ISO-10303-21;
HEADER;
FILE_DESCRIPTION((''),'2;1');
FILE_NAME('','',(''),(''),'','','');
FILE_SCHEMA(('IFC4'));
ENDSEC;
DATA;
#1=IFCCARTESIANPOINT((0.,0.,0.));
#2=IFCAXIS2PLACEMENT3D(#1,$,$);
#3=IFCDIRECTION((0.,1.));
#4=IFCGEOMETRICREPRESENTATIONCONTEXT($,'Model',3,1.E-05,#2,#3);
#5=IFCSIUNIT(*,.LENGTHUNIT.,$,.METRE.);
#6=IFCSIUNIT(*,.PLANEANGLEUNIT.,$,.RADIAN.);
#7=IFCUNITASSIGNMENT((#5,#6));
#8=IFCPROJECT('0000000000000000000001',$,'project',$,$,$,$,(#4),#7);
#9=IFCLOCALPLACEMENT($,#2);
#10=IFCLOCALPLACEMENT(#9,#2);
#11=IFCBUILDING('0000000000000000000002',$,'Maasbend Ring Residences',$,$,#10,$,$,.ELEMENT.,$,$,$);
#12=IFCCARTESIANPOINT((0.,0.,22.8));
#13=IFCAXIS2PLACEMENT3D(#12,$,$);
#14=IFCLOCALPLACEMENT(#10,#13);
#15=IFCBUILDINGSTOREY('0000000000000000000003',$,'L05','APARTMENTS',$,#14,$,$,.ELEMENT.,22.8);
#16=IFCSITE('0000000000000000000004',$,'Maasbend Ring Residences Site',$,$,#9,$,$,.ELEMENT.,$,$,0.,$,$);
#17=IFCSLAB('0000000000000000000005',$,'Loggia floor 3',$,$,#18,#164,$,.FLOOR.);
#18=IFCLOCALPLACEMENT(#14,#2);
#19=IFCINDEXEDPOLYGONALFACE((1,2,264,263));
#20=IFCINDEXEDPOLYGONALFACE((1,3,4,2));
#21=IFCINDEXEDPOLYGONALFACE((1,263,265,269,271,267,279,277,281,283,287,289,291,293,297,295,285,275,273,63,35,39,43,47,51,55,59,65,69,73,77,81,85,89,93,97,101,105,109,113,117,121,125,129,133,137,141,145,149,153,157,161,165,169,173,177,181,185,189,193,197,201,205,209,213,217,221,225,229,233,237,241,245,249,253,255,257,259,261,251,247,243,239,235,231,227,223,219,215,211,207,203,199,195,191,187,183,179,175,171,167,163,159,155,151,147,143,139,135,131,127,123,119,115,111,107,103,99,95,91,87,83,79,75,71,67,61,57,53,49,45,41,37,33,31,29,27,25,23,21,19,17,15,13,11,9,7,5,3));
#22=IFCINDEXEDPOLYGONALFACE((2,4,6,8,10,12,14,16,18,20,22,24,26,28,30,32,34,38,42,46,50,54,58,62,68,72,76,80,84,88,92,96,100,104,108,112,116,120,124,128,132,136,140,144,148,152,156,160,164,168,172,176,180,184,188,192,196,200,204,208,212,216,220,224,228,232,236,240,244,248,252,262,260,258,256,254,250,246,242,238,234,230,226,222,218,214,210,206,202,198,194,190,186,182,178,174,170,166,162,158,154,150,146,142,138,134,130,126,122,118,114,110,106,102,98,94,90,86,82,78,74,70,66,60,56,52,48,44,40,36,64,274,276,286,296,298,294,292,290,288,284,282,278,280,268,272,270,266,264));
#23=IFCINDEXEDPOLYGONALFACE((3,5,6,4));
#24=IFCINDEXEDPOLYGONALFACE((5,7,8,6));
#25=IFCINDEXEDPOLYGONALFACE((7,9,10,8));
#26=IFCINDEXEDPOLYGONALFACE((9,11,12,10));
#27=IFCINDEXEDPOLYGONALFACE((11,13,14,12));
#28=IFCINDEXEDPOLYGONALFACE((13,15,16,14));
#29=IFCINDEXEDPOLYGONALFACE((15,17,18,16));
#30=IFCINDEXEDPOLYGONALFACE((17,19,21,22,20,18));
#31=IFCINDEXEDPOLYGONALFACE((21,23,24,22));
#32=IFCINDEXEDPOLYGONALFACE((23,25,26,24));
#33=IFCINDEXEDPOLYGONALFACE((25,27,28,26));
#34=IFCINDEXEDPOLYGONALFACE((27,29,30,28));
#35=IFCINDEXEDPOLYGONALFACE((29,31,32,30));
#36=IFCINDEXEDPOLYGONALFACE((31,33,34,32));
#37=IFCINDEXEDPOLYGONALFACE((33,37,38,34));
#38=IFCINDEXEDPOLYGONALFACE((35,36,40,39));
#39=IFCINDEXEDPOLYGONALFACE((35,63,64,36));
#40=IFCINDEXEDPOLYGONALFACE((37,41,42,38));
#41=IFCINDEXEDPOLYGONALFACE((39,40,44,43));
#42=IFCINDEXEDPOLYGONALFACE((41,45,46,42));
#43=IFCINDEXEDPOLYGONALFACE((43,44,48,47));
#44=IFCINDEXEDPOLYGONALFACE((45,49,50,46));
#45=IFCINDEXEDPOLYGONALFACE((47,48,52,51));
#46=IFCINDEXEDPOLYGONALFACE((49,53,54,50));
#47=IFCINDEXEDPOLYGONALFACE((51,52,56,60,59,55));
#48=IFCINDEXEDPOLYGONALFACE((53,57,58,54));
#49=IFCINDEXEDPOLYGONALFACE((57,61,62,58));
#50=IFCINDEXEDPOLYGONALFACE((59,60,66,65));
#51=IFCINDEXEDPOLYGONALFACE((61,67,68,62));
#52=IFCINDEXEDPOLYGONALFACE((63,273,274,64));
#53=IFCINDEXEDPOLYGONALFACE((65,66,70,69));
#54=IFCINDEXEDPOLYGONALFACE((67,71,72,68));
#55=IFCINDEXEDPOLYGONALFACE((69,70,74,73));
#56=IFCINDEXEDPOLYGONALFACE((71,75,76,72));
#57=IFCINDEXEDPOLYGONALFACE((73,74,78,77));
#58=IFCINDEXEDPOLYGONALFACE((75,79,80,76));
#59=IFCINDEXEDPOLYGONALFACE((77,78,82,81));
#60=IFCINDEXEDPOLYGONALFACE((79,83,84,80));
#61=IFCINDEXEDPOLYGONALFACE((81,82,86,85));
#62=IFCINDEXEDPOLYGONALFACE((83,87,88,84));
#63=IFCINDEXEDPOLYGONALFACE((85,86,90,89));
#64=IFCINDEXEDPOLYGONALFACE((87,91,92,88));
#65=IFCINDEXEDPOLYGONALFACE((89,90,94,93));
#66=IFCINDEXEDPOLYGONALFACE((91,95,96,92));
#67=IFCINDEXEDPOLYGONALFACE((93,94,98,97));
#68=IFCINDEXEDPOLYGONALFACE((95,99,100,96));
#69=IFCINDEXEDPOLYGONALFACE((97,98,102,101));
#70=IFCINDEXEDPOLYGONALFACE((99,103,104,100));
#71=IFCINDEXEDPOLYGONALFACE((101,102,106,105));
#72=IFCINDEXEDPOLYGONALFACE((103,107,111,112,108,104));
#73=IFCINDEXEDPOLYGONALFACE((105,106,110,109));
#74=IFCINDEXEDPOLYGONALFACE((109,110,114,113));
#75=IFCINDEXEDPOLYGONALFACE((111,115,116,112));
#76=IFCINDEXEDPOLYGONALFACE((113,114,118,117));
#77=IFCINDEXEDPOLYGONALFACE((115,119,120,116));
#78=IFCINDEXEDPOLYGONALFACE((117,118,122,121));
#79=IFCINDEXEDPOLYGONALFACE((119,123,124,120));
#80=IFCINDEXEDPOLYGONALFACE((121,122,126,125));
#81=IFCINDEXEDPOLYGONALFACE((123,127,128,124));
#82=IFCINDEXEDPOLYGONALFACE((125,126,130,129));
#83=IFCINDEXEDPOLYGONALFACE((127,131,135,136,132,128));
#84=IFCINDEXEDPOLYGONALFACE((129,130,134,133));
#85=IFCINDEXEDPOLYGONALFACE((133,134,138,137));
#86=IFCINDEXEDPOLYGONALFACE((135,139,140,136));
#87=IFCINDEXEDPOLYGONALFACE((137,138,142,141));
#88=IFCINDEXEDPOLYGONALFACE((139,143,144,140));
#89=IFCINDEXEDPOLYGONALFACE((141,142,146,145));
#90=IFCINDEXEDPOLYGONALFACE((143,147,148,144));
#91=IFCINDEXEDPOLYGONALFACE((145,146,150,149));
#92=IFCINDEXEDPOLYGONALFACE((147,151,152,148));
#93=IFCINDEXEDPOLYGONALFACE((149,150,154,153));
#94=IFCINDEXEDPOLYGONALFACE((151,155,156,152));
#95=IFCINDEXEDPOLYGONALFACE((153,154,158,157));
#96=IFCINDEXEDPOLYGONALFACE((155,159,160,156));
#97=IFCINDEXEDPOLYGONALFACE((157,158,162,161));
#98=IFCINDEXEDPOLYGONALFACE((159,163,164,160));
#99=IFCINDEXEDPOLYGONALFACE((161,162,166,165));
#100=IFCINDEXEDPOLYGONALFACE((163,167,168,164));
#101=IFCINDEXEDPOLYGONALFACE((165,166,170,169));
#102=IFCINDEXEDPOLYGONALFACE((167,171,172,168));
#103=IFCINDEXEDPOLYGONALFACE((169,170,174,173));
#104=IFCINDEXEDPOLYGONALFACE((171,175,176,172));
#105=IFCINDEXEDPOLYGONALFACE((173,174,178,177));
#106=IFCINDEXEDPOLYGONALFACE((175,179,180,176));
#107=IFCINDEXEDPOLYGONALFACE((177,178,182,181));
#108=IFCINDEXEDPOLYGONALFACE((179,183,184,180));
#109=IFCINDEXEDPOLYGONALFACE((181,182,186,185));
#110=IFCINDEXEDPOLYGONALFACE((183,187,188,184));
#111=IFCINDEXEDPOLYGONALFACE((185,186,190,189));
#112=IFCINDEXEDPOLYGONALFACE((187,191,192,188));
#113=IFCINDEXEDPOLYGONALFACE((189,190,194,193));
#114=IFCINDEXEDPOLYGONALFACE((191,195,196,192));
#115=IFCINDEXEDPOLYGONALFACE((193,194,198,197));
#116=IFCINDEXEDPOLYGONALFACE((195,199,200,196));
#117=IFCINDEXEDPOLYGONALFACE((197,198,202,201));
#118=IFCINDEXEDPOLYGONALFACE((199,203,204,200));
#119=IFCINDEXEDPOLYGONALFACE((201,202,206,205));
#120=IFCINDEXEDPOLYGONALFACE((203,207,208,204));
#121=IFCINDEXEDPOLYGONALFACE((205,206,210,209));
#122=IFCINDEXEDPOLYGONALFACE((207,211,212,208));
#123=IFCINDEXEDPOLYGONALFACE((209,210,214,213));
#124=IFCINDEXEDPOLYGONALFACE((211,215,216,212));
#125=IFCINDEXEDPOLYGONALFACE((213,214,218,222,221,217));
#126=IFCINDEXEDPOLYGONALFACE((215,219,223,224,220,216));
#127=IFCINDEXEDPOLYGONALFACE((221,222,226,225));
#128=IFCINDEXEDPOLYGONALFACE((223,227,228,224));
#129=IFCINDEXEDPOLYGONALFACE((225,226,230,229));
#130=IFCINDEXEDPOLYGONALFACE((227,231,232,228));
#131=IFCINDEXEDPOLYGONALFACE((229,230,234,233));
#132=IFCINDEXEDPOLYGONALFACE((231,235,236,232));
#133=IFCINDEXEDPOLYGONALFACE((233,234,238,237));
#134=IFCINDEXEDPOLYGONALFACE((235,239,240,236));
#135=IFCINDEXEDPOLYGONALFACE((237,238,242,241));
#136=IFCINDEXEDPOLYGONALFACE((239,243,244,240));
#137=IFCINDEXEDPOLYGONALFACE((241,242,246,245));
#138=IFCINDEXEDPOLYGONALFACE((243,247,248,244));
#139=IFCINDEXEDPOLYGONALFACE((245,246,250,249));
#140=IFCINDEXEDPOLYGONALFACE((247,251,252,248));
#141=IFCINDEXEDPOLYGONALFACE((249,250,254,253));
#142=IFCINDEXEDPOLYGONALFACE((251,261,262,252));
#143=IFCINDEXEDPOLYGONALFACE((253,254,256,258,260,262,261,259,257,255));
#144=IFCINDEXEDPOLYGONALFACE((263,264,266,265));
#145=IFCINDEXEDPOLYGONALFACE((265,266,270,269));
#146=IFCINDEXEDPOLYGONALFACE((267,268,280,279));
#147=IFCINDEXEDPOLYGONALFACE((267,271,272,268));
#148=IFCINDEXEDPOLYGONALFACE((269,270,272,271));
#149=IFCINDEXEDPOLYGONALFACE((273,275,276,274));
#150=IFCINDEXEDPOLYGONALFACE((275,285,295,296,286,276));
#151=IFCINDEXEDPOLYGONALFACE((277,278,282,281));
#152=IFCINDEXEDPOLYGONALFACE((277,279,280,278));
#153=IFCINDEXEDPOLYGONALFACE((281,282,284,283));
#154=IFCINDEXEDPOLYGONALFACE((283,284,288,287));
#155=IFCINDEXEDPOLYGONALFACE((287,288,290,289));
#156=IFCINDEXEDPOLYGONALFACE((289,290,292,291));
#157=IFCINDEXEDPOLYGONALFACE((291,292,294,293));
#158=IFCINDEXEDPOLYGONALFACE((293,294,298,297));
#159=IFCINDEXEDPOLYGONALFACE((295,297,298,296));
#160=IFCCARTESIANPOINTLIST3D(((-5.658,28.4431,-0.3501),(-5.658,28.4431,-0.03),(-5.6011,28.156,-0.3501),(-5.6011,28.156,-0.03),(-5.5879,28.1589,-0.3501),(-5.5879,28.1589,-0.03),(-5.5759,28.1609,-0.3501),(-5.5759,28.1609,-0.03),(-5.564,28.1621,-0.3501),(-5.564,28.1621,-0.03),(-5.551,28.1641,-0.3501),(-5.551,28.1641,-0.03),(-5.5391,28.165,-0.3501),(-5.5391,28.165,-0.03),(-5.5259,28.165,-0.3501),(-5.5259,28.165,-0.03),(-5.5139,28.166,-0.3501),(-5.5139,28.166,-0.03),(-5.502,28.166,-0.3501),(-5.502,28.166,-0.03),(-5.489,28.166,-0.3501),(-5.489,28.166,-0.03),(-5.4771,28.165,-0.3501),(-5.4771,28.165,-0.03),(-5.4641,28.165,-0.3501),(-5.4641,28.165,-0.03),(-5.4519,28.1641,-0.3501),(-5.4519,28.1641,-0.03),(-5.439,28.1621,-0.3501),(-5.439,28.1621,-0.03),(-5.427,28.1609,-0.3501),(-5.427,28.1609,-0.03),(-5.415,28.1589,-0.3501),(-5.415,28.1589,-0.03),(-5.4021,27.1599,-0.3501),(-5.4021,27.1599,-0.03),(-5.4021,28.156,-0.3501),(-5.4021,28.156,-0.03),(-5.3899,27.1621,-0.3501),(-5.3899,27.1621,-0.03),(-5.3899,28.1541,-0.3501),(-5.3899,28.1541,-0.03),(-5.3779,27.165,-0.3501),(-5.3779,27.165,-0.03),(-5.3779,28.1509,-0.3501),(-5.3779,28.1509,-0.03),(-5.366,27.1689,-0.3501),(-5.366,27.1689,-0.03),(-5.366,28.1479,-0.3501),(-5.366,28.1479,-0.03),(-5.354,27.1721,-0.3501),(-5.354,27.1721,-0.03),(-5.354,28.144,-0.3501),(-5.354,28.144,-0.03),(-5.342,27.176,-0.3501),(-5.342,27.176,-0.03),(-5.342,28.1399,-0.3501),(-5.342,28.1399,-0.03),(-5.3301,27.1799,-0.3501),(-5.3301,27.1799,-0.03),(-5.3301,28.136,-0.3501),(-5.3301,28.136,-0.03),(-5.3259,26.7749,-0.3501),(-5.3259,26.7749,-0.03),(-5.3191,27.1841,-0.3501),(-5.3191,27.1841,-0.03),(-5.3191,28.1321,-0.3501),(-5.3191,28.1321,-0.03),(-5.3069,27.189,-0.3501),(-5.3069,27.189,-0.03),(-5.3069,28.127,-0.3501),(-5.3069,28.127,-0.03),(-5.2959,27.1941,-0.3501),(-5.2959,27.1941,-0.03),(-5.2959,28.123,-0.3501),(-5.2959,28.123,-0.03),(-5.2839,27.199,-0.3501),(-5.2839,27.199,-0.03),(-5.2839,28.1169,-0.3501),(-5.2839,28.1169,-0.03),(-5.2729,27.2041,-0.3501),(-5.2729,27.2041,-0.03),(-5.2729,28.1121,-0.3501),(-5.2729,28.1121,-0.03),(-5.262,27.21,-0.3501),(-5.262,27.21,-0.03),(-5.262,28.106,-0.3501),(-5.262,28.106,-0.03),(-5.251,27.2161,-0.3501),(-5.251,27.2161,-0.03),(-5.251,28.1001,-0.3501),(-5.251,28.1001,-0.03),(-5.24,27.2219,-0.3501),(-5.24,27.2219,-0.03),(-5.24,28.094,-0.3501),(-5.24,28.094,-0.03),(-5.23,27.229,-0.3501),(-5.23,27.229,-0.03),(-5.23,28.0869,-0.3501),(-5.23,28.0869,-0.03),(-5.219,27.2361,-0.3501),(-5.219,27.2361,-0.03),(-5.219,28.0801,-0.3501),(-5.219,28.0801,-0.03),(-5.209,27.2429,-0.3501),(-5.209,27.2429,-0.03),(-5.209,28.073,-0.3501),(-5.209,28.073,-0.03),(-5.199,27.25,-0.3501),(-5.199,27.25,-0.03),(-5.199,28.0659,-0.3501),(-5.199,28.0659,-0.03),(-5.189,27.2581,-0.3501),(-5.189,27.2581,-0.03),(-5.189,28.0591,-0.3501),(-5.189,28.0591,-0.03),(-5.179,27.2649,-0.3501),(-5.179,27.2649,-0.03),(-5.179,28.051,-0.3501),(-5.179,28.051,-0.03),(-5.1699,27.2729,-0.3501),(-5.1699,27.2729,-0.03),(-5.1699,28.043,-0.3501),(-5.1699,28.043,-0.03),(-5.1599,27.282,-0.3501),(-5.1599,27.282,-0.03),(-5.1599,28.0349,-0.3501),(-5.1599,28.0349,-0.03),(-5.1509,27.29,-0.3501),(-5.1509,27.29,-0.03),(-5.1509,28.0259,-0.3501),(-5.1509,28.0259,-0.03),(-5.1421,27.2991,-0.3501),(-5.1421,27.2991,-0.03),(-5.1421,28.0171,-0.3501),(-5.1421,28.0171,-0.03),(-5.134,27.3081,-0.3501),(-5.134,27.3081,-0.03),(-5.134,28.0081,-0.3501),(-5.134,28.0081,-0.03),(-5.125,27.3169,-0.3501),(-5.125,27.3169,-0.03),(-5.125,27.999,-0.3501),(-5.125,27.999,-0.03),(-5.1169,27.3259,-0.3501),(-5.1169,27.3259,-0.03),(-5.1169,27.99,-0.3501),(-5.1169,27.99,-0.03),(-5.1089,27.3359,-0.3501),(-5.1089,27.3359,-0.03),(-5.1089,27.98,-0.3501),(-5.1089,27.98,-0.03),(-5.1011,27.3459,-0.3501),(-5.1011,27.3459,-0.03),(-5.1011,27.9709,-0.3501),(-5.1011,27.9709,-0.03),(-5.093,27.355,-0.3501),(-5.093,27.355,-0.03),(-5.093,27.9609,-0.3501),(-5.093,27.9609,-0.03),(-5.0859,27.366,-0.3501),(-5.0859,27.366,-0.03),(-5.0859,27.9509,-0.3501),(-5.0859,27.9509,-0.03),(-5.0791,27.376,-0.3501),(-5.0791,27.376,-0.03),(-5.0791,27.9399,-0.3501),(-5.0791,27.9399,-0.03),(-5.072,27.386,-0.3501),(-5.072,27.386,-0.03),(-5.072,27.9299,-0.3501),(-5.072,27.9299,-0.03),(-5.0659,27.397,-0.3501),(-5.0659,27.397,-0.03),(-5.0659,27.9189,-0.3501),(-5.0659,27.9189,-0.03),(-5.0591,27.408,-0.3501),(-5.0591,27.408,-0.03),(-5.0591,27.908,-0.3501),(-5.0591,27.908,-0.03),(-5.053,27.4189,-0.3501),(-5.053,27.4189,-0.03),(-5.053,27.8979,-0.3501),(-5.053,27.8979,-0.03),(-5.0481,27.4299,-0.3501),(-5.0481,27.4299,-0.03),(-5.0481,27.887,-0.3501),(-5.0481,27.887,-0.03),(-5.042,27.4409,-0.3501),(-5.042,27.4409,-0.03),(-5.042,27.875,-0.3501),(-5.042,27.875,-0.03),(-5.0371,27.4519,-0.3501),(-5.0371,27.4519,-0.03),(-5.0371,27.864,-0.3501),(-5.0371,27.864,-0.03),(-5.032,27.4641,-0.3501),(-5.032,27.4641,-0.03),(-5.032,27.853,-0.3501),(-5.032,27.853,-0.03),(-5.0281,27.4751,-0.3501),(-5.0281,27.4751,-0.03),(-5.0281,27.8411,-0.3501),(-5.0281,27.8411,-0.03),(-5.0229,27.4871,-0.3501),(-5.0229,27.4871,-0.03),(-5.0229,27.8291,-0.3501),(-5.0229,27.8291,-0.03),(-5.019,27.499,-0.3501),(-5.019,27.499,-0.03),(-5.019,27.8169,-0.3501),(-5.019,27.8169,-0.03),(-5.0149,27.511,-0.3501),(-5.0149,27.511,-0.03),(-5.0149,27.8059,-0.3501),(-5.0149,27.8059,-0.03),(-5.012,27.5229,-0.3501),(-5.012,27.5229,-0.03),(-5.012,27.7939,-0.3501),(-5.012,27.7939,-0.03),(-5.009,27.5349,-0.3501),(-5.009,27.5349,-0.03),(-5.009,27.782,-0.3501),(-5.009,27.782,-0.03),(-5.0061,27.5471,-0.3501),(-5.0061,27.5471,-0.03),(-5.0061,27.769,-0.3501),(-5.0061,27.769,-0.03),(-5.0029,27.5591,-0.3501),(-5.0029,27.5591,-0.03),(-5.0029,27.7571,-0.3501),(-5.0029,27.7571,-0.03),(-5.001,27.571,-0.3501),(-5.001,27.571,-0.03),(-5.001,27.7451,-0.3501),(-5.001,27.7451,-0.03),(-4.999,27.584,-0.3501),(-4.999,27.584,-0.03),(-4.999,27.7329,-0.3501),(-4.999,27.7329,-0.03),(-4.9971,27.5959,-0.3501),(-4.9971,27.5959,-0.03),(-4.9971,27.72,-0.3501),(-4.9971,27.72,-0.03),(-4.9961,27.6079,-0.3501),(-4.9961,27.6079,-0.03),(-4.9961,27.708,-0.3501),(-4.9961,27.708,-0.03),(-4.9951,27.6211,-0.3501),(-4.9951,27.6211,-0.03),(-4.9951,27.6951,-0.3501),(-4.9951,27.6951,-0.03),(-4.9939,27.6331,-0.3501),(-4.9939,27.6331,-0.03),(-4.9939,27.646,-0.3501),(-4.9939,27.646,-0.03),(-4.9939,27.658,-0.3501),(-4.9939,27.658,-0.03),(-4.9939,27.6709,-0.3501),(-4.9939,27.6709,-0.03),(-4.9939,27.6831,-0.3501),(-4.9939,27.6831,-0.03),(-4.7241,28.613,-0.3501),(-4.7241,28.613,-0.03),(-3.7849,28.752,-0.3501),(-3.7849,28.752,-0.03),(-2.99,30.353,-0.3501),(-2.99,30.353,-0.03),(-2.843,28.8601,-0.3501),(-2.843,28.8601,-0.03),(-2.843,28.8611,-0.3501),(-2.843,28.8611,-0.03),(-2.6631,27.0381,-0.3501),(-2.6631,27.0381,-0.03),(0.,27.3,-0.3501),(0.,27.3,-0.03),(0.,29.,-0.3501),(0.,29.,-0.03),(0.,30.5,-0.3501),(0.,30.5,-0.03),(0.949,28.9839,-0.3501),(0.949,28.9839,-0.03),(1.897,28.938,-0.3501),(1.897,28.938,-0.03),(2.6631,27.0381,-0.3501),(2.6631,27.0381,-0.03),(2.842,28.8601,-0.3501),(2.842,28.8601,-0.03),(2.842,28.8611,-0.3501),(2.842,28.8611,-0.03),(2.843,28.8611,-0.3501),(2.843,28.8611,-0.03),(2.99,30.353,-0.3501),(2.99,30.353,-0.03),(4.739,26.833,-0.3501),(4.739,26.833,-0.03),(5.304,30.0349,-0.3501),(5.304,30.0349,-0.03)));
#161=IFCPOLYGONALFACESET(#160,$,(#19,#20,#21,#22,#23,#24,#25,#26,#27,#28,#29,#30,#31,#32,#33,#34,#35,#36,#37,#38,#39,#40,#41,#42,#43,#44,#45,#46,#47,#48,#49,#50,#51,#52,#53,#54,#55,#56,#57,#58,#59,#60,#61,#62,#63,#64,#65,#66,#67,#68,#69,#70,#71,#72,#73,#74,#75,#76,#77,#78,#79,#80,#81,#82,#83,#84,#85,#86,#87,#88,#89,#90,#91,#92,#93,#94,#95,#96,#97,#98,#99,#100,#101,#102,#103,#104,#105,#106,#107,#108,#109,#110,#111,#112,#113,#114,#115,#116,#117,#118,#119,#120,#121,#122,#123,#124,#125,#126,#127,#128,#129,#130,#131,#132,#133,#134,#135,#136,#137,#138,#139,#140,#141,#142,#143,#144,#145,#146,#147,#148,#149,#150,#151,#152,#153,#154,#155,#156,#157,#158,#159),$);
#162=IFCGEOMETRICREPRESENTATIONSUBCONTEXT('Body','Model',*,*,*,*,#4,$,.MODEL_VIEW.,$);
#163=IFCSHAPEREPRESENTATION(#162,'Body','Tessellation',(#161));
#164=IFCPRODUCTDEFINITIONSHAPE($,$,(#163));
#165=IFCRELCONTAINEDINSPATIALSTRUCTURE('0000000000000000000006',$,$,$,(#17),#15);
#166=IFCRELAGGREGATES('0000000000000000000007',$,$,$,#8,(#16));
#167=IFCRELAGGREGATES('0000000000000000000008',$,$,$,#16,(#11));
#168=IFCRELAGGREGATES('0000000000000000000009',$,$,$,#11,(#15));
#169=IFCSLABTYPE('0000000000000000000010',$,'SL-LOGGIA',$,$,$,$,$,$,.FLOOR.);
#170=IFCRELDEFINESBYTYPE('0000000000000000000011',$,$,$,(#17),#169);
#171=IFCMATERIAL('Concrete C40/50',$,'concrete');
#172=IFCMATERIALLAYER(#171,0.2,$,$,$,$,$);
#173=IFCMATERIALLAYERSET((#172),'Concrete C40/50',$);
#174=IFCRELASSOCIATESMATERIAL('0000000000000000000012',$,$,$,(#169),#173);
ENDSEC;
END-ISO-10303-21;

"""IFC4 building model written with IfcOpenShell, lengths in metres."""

from ifc_helpers import new_model, si_unit, direction, frame, origin, place, context, subcontext, project, spatial, polyline, outline, extrude, material, layer, layer_set, type_object, element, save


model = new_model("IFC4")

# Units and contexts
model_context = context("Model", 3, precision=1e-05, world=origin(), true_north=direction((0.0, 1.0)))
body_context = subcontext(model_context, "Body", "Model", "MODEL_VIEW")
ifc_project = project(units=[si_unit("LENGTHUNIT", "METRE"), si_unit("PLANEANGLEUNIT", "RADIAN")], contexts=[model_context])

# Site, building, storey
site_placement = place(None, origin())
site = spatial("IfcSite", under=ifc_project, at=site_placement, Name="Maasbend Ring Residences Site", CompositionType="ELEMENT", RefElevation=0.0)
building_placement = place(site_placement, origin())
building = spatial("IfcBuilding", under=site, at=building_placement, Name="Maasbend Ring Residences", CompositionType="ELEMENT")
storey_placement = place(building_placement, frame((0.0, 0.0, 22.8)))
storey = spatial("IfcBuildingStorey", under=building, at=storey_placement, Name="L05", Description="APARTMENTS", CompositionType="ELEMENT", Elevation=22.8)

# Slab
ifc_material_1 = material(Name="Concrete C40/50", Category="concrete")
ifc_layer_1 = layer(ifc_material_1, 0.2)
ifc_layer_set_1 = layer_set([ifc_layer_1], Name="Concrete C40/50")
slab_type_1 = type_object("IfcSlabType", Name="SL-LOGGIA", PredefinedType="FLOOR", material=ifc_layer_set_1)
slab_1_placement = place(storey_placement, frame((0.0, 0.0, -0.3501)))
element("IfcSlab", 1, at=slab_1_placement, inside=storey, type_object=slab_type_1, Name="Loggia floor 3", PredefinedType="FLOOR", context=body_context, shape_type="SweptSolid", body=[
    extrude(outline(polyline([(-3.7849, 28.752), (-2.843, 28.8601), (-2.843, 28.8601), (-2.843, 28.8601), (-2.843, 28.8601), (-2.843, 28.8601), (-2.843, 28.8601), (-2.843, 28.8601), (-2.843, 28.8601), (-2.843, 28.8601), (-2.843, 28.8611), (-2.843, 28.8611), (-2.843, 28.8611), (-2.843, 28.8611), (-2.843, 28.8611), (-2.843, 28.8611), (-2.843, 28.8611), (-2.843, 28.8611), (-2.99, 30.353), (-2.99, 30.353), (-2.99, 30.353), (0.0, 30.5), (0.0, 30.5), (0.0, 30.5), (0.0, 29.0), (0.0, 29.0), (0.0, 29.0), (0.0, 29.0), (0.0, 29.0), (0.0, 29.0), (0.0, 29.0), (0.0, 29.0), (0.0, 29.0), (0.0, 29.0), (0.0, 29.0), (0.0, 29.0), (0.0, 29.0), (0.0, 29.0), (0.0, 29.0), (0.0, 29.0), (0.0, 29.0), (0.949, 28.9839), (0.949, 28.9839), (1.897, 28.938), (1.897, 28.938), (2.842, 28.8601), (2.842, 28.8601), (2.842, 28.8601), (2.842, 28.8601), (2.842, 28.8601), (2.842, 28.8601), (2.842, 28.8601), (2.842, 28.8601), (2.842, 28.8611), (2.842, 28.8611), (2.842, 28.8611), (2.842, 28.8611), (2.842, 28.8611), (2.843, 28.8611), (2.843, 28.8611), (2.843, 28.8611), (2.843, 28.8611), (2.99, 30.353), (2.99, 30.353), (2.99, 30.353), (5.304, 30.0349), (5.304, 30.0349), (5.304, 30.0349), (4.739, 26.833), (4.739, 26.833), (4.739, 26.833), (2.6631, 27.0381), (0.0, 27.3), (0.0, 27.3), (0.0, 27.3), (-2.6631, 27.0381), (-5.3259, 26.7749), (-5.3259, 26.7749), (-5.3259, 26.7749), (-5.4021, 27.1599), (-5.4021, 27.1599), (-5.3899, 27.1621), (-5.3779, 27.165), (-5.366, 27.1689), (-5.354, 27.1721), (-5.342, 27.176), (-5.3301, 27.1799), (-5.3191, 27.1841), (-5.3069, 27.189), (-5.2959, 27.1941), (-5.2839, 27.199), (-5.2729, 27.2041), (-5.262, 27.21), (-5.251, 27.2161), (-5.24, 27.2219), (-5.23, 27.229), (-5.219, 27.2361), (-5.209, 27.2429), (-5.199, 27.25), (-5.189, 27.2581), (-5.179, 27.2649), (-5.1699, 27.2729), (-5.1599, 27.282), (-5.1509, 27.29), (-5.1421, 27.2991), (-5.134, 27.3081), (-5.125, 27.3169), (-5.1169, 27.3259), (-5.1089, 27.3359), (-5.1011, 27.3459), (-5.093, 27.355), (-5.0859, 27.366), (-5.0791, 27.376), (-5.072, 27.386), (-5.0659, 27.397), (-5.0591, 27.408), (-5.053, 27.4189), (-5.0481, 27.4299), (-5.042, 27.4409), (-5.0371, 27.4519), (-5.032, 27.4641), (-5.0281, 27.4751), (-5.0229, 27.4871), (-5.019, 27.499), (-5.0149, 27.511), (-5.012, 27.5229), (-5.009, 27.5349), (-5.0061, 27.5471), (-5.0029, 27.5591), (-5.001, 27.571), (-4.999, 27.584), (-4.9971, 27.5959), (-4.9961, 27.6079), (-4.9951, 27.6211), (-4.9939, 27.6331), (-4.9939, 27.646), (-4.9939, 27.658), (-4.9939, 27.6709), (-4.9939, 27.6831), (-4.9951, 27.6951), (-4.9961, 27.708), (-4.9971, 27.72), (-4.999, 27.7329), (-5.001, 27.7451), (-5.0029, 27.7571), (-5.0061, 27.769), (-5.009, 27.782), (-5.012, 27.7939), (-5.0149, 27.8059), (-5.019, 27.8169), (-5.0229, 27.8291), (-5.0281, 27.8411), (-5.032, 27.853), (-5.0371, 27.864), (-5.042, 27.875), (-5.0481, 27.887), (-5.053, 27.8979), (-5.0591, 27.908), (-5.0659, 27.9189), (-5.072, 27.9299), (-5.0791, 27.9399), (-5.0859, 27.9509), (-5.093, 27.9609), (-5.1011, 27.9709), (-5.1089, 27.98), (-5.1169, 27.99), (-5.125, 27.999), (-5.134, 28.0081), (-5.1421, 28.0171), (-5.1509, 28.0259), (-5.1599, 28.0349), (-5.1699, 28.043), (-5.179, 28.051), (-5.189, 28.0591), (-5.199, 28.0659), (-5.209, 28.073), (-5.219, 28.0801), (-5.23, 28.0869), (-5.24, 28.094), (-5.251, 28.1001), (-5.262, 28.106), (-5.2729, 28.1121), (-5.2839, 28.1169), (-5.2959, 28.123), (-5.3069, 28.127), (-5.3191, 28.1321), (-5.3301, 28.136), (-5.342, 28.1399), (-5.354, 28.144), (-5.366, 28.1479), (-5.3779, 28.1509), (-5.3899, 28.1541), (-5.4021, 28.156), (-5.415, 28.1589), (-5.427, 28.1609), (-5.439, 28.1621), (-5.4519, 28.1641), (-5.4641, 28.165), (-5.4771, 28.165), (-5.489, 28.166), (-5.502, 28.166), (-5.5139, 28.166), (-5.5259, 28.165), (-5.5391, 28.165), (-5.551, 28.1641), (-5.564, 28.1621), (-5.5759, 28.1609), (-5.5879, 28.1589), (-5.6011, 28.156), (-5.6011, 28.156), (-5.658, 28.4431), (-5.658, 28.4431), (-5.658, 28.4431), (-4.7241, 28.613), (-4.7241, 28.613), (-3.7849, 28.752), (-3.7849, 28.752)])), origin(), (0.0, 0.0, 1.0), 0.3201),
])

save(model, "model.ifc")
